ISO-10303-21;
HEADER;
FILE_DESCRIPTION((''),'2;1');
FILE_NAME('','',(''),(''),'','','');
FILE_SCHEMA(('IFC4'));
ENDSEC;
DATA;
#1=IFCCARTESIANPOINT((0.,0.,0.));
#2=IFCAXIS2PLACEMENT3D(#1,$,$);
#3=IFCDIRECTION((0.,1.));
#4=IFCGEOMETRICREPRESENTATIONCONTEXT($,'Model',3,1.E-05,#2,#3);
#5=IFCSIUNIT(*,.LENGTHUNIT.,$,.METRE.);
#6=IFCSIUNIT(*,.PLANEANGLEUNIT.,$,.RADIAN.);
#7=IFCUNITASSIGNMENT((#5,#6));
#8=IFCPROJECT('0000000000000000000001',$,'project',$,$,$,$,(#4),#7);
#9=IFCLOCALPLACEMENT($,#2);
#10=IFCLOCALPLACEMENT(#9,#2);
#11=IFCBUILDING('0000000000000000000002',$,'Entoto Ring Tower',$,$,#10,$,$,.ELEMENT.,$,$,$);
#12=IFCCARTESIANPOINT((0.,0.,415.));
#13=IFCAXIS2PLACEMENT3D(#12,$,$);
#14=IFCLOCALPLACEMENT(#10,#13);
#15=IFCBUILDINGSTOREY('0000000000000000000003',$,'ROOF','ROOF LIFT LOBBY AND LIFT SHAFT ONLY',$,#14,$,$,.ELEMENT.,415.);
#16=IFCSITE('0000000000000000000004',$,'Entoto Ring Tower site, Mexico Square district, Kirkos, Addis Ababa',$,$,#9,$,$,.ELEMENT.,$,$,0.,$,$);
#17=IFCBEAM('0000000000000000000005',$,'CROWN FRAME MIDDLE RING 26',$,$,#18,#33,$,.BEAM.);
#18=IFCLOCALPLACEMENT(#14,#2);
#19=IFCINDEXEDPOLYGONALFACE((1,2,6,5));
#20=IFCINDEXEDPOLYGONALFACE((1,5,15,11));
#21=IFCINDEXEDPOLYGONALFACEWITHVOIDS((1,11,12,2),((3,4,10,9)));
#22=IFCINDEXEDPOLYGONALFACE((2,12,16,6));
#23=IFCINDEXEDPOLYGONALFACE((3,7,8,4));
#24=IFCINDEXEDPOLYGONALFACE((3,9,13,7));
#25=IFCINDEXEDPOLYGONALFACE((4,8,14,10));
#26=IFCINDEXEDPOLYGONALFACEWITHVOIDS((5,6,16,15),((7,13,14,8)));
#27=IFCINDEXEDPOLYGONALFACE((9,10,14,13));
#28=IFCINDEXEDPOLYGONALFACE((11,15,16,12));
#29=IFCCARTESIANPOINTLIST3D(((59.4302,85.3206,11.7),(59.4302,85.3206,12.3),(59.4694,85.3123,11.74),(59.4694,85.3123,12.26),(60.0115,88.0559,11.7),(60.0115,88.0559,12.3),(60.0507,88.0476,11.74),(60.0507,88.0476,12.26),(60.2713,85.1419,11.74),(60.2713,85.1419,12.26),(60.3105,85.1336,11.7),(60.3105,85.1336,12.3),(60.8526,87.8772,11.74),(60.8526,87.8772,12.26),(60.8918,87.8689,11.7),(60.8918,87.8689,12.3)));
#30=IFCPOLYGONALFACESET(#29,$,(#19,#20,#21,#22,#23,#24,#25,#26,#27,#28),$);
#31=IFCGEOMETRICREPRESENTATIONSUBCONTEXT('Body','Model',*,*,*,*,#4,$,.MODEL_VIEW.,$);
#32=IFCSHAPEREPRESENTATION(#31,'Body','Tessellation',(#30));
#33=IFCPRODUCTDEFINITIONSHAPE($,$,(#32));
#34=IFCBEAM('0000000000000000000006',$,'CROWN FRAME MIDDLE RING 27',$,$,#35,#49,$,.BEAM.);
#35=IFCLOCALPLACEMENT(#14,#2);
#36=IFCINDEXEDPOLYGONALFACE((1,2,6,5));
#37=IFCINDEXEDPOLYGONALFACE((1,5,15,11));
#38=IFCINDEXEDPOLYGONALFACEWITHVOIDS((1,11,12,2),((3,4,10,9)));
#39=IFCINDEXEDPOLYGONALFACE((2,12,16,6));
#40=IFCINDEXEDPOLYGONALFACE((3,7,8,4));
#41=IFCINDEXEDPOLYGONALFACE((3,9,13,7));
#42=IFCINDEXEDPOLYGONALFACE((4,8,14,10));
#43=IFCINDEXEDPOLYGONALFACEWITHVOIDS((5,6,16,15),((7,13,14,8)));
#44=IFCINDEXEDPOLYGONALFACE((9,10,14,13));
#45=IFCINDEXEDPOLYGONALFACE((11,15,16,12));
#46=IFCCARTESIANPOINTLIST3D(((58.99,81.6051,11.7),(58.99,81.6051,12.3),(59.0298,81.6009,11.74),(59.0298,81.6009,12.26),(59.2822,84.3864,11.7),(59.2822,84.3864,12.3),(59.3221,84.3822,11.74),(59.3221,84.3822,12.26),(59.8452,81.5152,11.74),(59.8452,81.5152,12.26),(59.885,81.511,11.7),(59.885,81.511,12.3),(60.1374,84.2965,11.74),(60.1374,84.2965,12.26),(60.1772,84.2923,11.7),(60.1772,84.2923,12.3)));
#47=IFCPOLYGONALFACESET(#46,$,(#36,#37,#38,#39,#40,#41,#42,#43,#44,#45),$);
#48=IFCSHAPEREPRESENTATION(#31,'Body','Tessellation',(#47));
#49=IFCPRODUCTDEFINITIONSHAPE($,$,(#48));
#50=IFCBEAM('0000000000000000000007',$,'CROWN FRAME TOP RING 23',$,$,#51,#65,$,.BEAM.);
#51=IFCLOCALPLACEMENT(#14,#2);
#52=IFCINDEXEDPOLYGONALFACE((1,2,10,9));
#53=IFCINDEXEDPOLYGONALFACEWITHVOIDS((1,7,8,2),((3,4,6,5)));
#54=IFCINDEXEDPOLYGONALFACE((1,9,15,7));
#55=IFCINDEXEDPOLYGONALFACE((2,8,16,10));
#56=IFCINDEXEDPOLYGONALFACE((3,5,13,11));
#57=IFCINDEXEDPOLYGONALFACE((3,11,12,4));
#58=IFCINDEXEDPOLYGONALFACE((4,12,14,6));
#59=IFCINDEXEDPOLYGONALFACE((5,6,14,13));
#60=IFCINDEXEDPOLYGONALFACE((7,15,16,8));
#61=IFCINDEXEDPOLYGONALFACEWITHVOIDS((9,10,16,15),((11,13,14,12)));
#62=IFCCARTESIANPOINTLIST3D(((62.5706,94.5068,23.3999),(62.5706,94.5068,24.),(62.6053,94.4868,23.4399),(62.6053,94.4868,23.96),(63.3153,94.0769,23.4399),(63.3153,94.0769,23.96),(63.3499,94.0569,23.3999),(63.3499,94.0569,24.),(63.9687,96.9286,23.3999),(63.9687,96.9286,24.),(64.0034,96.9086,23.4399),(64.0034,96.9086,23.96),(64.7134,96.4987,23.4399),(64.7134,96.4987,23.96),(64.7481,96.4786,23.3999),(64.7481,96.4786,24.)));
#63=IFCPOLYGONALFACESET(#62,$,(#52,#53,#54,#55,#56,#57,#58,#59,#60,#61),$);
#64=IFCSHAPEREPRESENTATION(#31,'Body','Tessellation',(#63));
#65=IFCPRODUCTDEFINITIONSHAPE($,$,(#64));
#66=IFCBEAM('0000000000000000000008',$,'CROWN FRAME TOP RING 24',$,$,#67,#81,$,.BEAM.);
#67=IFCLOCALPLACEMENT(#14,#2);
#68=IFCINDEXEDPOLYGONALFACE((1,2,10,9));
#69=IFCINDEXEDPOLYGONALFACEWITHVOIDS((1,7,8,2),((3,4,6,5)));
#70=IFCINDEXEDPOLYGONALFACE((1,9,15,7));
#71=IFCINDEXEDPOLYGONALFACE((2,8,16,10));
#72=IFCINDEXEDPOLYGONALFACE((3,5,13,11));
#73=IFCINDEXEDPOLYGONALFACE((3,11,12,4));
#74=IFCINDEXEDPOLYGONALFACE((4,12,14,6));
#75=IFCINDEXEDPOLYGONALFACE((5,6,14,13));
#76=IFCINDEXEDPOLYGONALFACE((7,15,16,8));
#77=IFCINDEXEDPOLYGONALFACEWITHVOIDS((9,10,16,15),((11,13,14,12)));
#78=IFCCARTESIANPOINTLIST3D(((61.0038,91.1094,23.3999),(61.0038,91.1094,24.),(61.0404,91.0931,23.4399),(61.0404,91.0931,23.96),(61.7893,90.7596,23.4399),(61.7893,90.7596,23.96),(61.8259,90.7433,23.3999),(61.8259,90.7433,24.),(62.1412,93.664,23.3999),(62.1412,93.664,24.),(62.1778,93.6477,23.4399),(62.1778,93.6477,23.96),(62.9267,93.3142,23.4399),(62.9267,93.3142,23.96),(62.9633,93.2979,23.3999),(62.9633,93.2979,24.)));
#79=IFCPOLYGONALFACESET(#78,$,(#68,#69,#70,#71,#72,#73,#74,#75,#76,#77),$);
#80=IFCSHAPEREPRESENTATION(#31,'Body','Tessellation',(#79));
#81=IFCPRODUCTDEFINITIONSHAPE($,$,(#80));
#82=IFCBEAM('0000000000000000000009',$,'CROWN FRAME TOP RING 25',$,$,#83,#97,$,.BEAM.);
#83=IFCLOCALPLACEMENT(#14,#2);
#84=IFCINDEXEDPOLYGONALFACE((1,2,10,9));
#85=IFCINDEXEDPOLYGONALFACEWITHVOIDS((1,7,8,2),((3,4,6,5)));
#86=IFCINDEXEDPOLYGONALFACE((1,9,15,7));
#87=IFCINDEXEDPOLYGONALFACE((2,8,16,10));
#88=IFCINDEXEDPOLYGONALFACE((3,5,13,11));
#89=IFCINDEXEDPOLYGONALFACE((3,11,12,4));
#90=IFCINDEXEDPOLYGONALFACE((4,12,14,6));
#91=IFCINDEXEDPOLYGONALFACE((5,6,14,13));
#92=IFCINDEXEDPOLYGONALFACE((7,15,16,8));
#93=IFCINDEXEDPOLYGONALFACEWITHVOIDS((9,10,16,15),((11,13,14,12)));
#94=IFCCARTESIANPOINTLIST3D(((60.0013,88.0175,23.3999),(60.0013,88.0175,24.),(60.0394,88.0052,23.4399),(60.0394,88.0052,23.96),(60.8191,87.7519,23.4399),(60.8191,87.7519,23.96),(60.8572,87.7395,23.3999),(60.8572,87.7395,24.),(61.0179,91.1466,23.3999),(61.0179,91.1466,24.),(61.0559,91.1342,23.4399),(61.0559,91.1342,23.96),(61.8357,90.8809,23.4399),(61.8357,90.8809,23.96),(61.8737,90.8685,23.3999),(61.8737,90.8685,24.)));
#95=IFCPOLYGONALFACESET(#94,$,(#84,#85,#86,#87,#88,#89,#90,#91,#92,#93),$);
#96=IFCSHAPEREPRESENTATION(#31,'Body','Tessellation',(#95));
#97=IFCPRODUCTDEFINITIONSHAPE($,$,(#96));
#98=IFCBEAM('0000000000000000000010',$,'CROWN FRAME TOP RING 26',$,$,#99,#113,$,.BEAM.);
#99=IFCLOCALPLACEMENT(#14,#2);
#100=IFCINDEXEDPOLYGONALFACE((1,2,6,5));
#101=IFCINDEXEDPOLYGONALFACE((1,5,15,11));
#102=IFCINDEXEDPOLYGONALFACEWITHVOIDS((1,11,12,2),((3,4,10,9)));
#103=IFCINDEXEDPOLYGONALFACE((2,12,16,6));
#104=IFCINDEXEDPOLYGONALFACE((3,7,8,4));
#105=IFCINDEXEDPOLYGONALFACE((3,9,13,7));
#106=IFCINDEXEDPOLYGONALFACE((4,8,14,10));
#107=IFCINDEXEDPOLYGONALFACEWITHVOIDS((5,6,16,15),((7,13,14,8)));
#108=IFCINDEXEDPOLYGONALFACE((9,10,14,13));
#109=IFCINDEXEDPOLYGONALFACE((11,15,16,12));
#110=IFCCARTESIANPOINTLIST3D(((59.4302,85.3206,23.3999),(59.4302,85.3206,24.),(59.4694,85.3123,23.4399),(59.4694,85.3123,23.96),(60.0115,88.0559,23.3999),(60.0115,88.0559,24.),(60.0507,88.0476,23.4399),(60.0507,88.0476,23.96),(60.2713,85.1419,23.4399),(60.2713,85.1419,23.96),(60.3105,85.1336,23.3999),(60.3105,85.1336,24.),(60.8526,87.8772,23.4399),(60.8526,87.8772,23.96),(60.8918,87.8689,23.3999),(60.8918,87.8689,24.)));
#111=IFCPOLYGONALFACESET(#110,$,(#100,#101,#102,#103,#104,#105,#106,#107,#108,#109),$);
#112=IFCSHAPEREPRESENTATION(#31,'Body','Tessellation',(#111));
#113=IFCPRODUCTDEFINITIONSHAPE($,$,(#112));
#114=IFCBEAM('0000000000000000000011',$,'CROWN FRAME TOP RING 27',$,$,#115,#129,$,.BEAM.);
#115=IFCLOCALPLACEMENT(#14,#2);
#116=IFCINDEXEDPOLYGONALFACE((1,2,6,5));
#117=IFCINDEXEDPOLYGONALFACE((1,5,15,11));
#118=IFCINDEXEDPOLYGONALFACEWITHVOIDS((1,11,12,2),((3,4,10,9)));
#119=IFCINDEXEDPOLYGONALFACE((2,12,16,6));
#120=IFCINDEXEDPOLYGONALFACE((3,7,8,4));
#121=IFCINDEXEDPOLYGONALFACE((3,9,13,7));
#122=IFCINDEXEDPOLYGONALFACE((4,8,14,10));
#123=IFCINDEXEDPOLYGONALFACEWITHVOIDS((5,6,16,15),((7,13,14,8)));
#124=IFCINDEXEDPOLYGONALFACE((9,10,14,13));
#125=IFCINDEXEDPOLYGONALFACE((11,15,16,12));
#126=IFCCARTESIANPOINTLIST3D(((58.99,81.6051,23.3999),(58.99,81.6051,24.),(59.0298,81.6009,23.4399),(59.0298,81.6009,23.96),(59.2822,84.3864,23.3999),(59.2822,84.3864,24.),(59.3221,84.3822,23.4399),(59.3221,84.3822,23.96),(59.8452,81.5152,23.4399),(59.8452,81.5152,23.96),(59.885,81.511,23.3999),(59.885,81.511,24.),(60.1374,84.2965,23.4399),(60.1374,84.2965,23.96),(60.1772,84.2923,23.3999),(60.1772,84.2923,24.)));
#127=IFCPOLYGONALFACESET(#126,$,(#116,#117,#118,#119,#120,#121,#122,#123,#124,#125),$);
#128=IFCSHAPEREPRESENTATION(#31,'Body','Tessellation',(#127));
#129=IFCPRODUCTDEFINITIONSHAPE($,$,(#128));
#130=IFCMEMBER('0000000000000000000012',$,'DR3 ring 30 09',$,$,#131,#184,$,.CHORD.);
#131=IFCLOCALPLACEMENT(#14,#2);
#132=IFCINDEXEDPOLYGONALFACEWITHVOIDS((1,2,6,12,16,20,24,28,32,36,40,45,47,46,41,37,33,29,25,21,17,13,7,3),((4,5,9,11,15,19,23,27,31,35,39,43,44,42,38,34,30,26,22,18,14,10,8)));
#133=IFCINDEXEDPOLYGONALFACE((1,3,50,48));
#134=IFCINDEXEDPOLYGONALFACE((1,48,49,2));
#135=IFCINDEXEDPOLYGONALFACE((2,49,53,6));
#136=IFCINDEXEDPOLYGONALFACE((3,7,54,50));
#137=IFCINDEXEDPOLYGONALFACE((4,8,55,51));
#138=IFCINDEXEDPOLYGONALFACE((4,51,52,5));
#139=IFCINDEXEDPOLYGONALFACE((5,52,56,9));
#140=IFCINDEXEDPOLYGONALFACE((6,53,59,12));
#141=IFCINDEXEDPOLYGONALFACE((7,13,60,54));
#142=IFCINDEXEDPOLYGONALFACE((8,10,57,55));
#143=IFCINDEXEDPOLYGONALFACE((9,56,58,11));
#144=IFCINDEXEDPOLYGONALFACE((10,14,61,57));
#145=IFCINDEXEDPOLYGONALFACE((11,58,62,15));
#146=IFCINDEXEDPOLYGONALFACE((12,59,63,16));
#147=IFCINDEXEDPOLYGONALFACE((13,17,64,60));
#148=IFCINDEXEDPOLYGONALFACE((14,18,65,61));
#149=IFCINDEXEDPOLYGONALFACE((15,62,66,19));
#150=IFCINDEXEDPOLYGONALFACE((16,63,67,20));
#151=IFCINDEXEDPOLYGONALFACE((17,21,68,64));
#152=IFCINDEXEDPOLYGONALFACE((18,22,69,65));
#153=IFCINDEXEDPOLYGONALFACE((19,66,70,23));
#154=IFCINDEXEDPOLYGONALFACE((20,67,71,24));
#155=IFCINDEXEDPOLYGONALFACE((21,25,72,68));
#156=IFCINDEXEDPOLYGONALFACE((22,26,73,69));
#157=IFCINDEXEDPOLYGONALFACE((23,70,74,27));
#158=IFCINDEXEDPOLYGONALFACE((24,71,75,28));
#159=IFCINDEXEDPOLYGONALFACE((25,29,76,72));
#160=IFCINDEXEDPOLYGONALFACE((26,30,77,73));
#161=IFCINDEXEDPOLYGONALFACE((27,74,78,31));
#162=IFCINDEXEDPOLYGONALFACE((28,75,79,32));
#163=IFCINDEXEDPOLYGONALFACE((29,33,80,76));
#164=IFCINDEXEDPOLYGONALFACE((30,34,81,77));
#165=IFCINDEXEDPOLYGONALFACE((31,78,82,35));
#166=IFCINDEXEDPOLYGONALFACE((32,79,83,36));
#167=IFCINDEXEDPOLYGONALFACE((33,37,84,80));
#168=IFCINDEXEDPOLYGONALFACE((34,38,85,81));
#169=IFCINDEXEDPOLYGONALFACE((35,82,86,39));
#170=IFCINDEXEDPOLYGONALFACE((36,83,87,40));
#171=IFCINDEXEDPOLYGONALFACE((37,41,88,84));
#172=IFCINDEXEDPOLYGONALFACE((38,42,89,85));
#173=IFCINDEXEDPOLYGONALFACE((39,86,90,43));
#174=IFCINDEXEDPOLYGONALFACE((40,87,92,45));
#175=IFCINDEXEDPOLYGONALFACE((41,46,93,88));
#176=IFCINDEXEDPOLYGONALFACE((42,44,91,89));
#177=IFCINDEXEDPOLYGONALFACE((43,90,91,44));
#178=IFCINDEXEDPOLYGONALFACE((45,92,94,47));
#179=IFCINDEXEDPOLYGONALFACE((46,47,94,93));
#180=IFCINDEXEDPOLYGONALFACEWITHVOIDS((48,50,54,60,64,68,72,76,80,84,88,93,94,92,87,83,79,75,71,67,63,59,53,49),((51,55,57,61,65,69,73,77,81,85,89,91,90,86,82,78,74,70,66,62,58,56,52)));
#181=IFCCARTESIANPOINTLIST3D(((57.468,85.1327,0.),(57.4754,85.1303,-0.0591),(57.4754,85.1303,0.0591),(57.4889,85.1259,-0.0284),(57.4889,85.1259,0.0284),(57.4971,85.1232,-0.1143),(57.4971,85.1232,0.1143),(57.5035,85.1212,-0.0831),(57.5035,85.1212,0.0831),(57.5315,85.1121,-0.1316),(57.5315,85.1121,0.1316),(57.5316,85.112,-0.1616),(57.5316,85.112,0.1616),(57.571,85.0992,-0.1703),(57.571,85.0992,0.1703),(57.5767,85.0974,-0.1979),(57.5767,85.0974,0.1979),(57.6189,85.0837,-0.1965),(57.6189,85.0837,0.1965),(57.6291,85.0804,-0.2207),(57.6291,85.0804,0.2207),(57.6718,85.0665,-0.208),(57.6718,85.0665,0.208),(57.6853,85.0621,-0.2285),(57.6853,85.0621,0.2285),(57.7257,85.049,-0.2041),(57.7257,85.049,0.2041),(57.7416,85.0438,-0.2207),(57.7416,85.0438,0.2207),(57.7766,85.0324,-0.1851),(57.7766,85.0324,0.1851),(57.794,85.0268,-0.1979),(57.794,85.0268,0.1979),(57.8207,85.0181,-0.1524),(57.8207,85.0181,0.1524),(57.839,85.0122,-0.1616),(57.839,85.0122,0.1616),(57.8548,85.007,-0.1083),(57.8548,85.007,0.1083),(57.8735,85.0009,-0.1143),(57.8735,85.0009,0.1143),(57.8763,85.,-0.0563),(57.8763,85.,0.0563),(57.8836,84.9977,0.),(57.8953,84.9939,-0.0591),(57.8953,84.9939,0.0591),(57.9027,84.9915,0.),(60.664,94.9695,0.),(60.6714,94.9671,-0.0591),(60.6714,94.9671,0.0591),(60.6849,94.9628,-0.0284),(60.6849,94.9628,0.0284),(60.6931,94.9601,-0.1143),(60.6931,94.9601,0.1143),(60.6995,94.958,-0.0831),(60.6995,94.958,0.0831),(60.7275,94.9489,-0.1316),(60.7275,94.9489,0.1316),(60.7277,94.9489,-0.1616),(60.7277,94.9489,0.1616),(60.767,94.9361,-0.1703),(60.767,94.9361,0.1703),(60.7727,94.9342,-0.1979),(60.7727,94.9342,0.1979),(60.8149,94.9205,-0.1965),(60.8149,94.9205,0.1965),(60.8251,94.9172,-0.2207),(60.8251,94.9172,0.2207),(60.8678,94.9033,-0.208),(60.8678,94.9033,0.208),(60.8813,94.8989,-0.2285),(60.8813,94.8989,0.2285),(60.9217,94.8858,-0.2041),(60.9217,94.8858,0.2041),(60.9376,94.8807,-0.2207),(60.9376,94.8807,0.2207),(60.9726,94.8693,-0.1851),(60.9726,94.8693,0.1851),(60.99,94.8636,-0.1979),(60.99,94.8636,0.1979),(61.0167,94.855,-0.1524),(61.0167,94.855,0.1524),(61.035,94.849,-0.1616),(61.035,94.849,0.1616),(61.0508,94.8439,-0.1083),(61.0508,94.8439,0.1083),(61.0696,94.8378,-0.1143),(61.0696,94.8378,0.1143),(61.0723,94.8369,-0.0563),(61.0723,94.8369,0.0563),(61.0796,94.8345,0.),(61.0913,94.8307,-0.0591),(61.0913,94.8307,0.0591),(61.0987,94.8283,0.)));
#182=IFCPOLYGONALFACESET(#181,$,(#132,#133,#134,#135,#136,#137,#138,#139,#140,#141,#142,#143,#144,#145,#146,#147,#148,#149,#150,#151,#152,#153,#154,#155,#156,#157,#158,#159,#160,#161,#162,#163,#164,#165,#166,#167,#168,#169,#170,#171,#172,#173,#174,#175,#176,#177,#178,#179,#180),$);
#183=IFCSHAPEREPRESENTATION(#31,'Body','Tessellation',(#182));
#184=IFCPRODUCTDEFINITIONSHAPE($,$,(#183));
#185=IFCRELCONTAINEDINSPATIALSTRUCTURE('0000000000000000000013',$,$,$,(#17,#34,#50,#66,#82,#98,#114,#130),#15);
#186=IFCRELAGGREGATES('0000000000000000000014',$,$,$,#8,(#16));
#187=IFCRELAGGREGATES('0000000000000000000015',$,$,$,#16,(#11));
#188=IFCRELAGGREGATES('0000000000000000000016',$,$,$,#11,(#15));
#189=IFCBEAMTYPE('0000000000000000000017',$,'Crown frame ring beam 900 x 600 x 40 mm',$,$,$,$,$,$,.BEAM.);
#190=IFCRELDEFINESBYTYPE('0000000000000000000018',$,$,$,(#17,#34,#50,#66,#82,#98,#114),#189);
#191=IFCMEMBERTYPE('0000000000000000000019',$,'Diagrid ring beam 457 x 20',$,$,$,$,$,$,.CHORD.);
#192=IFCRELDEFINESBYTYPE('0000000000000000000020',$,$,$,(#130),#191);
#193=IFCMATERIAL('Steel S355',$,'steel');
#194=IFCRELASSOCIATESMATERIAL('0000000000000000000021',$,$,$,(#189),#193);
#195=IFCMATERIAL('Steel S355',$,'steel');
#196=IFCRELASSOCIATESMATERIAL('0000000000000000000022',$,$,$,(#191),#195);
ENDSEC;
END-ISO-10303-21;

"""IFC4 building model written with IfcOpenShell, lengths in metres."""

from ifc_helpers import new_model, si_unit, direction, frame, origin, origin_2d, place, context, subcontext, project, spatial, hollow_rectangle, circle, hollow_circle, extrude, material, material_profile, profile_set, type_object, element, save


model = new_model("IFC4")

# Units and contexts
model_context = context("Model", 3, precision=1e-05, world=origin(), true_north=direction((0.0, 1.0)))
body_context = subcontext(model_context, "Body", "Model", "MODEL_VIEW")
ifc_project = project(units=[si_unit("LENGTHUNIT", "METRE"), si_unit("PLANEANGLEUNIT", "RADIAN")], contexts=[model_context])

# Site, building, storey
site_placement = place(None, origin())
site = spatial("IfcSite", under=ifc_project, at=site_placement, Name="Entoto Ring Tower site, Mexico Square district, Kirkos, Addis Ababa", CompositionType="ELEMENT", RefElevation=0.0)
building_placement = place(site_placement, origin())
building = spatial("IfcBuilding", under=site, at=building_placement, Name="Entoto Ring Tower", CompositionType="ELEMENT")
storey_placement = place(building_placement, frame((0.0, 0.0, 415.0)))
storey = spatial("IfcBuildingStorey", under=building, at=storey_placement, Name="ROOF", Description="ROOF LIFT LOBBY AND LIFT SHAFT ONLY", CompositionType="ELEMENT", Elevation=415.0)

# Beams
ifc_material_1 = material(Name="Steel S355", Category="steel")
ifc_material_profile_1 = material_profile(ifc_material_1, hollow_rectangle(XDim=0.8999, YDim=0.6001, WallThickness=0.04, at=origin_2d()), Name="Crown frame ring beam 900 x 600 x 40 mm")
ifc_profile_set_1 = profile_set([ifc_material_profile_1], Name="Steel S355")
beam_type_1 = type_object("IfcBeamType", Name="Crown frame ring beam 900 x 600 x 40 mm", PredefinedType="BEAM", material=ifc_profile_set_1)
beam_1_placement = place(storey_placement, frame((60.4517, 87.9624, 12.0), z_axis=(-0.207871, -0.978156, 0.0), x_axis=(0.978156, -0.207871, 0.0)))
element("IfcBeam", 1, at=beam_1_placement, inside=storey, type_object=beam_type_1, Name="CROWN FRAME MIDDLE RING 26", PredefinedType="BEAM", context=body_context, shape_type="SweptSolid", body=[
    extrude(hollow_rectangle(XDim=0.8999, YDim=0.6001, WallThickness=0.04, at=origin_2d()), origin(), (0.0, 0.0, 1.0), 2.7964),
])
beam_2_placement = place(storey_placement, frame((59.7297, 84.3394, 12.0), z_axis=(-0.104498, -0.994525, 0.0), x_axis=(0.994525, -0.104498, 0.0)))
element("IfcBeam", 2, at=beam_2_placement, inside=storey, type_object=beam_type_1, Name="CROWN FRAME MIDDLE RING 27", PredefinedType="BEAM", context=body_context, shape_type="SweptSolid", body=[
    extrude(hollow_rectangle(XDim=0.8999, YDim=0.6001, WallThickness=0.04, at=origin_2d()), origin(), (0.0, 0.0, 1.0), 2.7966),
])
for number, where, z_axis, x_axis, name in (
    (3, (64.3584, 96.7036, 23.7), (-0.499979, -0.866037, 0.0), (0.866037, -0.499979, 0.0), "CROWN FRAME TOP RING 23"),
    (4, (62.5522, 93.481, 23.7), (-0.406746, -0.913541, 0.0), (0.913541, -0.406746, 0.0), "CROWN FRAME TOP RING 24"),
):
    element("IfcBeam", number, at=place(storey_placement, frame(where, z_axis=z_axis, x_axis=x_axis)), inside=storey, type_object=beam_type_1, Name=name, PredefinedType="BEAM", context=body_context, shape_type="SweptSolid", body=[
        extrude(hollow_rectangle(XDim=0.8999, YDim=0.6001, WallThickness=0.04, at=origin_2d()), origin(), (0.0, 0.0, 1.0), 2.7964),
    ])
beam_3_placement = place(storey_placement, frame((61.4458, 91.0076, 23.7), z_axis=(-0.308984, -0.951067, 0.0), x_axis=(0.951067, -0.308984, 0.0)))
element("IfcBeam", 5, at=beam_3_placement, inside=storey, type_object=beam_type_1, Name="CROWN FRAME TOP RING 25", PredefinedType="BEAM", context=body_context, shape_type="SweptSolid", body=[
    extrude(hollow_rectangle(XDim=0.8999, YDim=0.6001, WallThickness=0.04, at=origin_2d()), origin(), (0.0, 0.0, 1.0), 3.29),
])
beam_4_placement = place(storey_placement, frame((60.4517, 87.9624, 23.7), z_axis=(-0.207871, -0.978156, 0.0), x_axis=(0.978156, -0.207871, 0.0)))
element("IfcBeam", 6, at=beam_4_placement, inside=storey, type_object=beam_type_1, Name="CROWN FRAME TOP RING 26", PredefinedType="BEAM", context=body_context, shape_type="SweptSolid", body=[
    extrude(hollow_rectangle(XDim=0.8999, YDim=0.6001, WallThickness=0.04, at=origin_2d()), origin(), (0.0, 0.0, 1.0), 2.7964),
])
beam_5_placement = place(storey_placement, frame((59.7297, 84.3394, 23.7), z_axis=(-0.104498, -0.994525, 0.0), x_axis=(0.994525, -0.104498, 0.0)))
element("IfcBeam", 7, at=beam_5_placement, inside=storey, type_object=beam_type_1, Name="CROWN FRAME TOP RING 27", PredefinedType="BEAM", context=body_context, shape_type="SweptSolid", body=[
    extrude(hollow_rectangle(XDim=0.8999, YDim=0.6001, WallThickness=0.04, at=origin_2d()), origin(), (0.0, 0.0, 1.0), 2.7966),
])

# Member
ifc_material_2 = material(Name="Steel S355", Category="steel")
ifc_material_profile_2 = material_profile(ifc_material_2, hollow_circle(Radius=0.2285, WallThickness=0.02, at=origin_2d()), Name="CHS 457 x 20")
ifc_material_3 = material(Name="Concrete C60/75", Category="concrete")
ifc_material_profile_3 = material_profile(ifc_material_3, circle(Radius=0.2085, at=origin_2d()), Name="Concrete C60/75 infill")
ifc_profile_set_2 = profile_set([ifc_material_profile_2, ifc_material_profile_3], Name="Steel S355")
member_type_1 = type_object("IfcMemberType", Name="Diagrid ring beam 457 x 20", PredefinedType="CHORD", material=ifc_profile_set_2)
member_1_placement = place(storey_placement, frame((60.8813, 94.8989, 0.0), z_axis=(-0.309003, -0.951061, 0.0), x_axis=(0.951061, -0.309003, 0.0)))
element("IfcMember", 8, at=member_1_placement, inside=storey, type_object=member_type_1, Name="DR3 ring 30 09", PredefinedType="CHORD", context=body_context, shape_type="SweptSolid", body=[
    extrude(hollow_circle(Radius=0.2285, WallThickness=0.02, at=origin_2d()), origin(), (0.0, 0.0, 1.0), 10.343),
])

save(model, "model.ifc")
